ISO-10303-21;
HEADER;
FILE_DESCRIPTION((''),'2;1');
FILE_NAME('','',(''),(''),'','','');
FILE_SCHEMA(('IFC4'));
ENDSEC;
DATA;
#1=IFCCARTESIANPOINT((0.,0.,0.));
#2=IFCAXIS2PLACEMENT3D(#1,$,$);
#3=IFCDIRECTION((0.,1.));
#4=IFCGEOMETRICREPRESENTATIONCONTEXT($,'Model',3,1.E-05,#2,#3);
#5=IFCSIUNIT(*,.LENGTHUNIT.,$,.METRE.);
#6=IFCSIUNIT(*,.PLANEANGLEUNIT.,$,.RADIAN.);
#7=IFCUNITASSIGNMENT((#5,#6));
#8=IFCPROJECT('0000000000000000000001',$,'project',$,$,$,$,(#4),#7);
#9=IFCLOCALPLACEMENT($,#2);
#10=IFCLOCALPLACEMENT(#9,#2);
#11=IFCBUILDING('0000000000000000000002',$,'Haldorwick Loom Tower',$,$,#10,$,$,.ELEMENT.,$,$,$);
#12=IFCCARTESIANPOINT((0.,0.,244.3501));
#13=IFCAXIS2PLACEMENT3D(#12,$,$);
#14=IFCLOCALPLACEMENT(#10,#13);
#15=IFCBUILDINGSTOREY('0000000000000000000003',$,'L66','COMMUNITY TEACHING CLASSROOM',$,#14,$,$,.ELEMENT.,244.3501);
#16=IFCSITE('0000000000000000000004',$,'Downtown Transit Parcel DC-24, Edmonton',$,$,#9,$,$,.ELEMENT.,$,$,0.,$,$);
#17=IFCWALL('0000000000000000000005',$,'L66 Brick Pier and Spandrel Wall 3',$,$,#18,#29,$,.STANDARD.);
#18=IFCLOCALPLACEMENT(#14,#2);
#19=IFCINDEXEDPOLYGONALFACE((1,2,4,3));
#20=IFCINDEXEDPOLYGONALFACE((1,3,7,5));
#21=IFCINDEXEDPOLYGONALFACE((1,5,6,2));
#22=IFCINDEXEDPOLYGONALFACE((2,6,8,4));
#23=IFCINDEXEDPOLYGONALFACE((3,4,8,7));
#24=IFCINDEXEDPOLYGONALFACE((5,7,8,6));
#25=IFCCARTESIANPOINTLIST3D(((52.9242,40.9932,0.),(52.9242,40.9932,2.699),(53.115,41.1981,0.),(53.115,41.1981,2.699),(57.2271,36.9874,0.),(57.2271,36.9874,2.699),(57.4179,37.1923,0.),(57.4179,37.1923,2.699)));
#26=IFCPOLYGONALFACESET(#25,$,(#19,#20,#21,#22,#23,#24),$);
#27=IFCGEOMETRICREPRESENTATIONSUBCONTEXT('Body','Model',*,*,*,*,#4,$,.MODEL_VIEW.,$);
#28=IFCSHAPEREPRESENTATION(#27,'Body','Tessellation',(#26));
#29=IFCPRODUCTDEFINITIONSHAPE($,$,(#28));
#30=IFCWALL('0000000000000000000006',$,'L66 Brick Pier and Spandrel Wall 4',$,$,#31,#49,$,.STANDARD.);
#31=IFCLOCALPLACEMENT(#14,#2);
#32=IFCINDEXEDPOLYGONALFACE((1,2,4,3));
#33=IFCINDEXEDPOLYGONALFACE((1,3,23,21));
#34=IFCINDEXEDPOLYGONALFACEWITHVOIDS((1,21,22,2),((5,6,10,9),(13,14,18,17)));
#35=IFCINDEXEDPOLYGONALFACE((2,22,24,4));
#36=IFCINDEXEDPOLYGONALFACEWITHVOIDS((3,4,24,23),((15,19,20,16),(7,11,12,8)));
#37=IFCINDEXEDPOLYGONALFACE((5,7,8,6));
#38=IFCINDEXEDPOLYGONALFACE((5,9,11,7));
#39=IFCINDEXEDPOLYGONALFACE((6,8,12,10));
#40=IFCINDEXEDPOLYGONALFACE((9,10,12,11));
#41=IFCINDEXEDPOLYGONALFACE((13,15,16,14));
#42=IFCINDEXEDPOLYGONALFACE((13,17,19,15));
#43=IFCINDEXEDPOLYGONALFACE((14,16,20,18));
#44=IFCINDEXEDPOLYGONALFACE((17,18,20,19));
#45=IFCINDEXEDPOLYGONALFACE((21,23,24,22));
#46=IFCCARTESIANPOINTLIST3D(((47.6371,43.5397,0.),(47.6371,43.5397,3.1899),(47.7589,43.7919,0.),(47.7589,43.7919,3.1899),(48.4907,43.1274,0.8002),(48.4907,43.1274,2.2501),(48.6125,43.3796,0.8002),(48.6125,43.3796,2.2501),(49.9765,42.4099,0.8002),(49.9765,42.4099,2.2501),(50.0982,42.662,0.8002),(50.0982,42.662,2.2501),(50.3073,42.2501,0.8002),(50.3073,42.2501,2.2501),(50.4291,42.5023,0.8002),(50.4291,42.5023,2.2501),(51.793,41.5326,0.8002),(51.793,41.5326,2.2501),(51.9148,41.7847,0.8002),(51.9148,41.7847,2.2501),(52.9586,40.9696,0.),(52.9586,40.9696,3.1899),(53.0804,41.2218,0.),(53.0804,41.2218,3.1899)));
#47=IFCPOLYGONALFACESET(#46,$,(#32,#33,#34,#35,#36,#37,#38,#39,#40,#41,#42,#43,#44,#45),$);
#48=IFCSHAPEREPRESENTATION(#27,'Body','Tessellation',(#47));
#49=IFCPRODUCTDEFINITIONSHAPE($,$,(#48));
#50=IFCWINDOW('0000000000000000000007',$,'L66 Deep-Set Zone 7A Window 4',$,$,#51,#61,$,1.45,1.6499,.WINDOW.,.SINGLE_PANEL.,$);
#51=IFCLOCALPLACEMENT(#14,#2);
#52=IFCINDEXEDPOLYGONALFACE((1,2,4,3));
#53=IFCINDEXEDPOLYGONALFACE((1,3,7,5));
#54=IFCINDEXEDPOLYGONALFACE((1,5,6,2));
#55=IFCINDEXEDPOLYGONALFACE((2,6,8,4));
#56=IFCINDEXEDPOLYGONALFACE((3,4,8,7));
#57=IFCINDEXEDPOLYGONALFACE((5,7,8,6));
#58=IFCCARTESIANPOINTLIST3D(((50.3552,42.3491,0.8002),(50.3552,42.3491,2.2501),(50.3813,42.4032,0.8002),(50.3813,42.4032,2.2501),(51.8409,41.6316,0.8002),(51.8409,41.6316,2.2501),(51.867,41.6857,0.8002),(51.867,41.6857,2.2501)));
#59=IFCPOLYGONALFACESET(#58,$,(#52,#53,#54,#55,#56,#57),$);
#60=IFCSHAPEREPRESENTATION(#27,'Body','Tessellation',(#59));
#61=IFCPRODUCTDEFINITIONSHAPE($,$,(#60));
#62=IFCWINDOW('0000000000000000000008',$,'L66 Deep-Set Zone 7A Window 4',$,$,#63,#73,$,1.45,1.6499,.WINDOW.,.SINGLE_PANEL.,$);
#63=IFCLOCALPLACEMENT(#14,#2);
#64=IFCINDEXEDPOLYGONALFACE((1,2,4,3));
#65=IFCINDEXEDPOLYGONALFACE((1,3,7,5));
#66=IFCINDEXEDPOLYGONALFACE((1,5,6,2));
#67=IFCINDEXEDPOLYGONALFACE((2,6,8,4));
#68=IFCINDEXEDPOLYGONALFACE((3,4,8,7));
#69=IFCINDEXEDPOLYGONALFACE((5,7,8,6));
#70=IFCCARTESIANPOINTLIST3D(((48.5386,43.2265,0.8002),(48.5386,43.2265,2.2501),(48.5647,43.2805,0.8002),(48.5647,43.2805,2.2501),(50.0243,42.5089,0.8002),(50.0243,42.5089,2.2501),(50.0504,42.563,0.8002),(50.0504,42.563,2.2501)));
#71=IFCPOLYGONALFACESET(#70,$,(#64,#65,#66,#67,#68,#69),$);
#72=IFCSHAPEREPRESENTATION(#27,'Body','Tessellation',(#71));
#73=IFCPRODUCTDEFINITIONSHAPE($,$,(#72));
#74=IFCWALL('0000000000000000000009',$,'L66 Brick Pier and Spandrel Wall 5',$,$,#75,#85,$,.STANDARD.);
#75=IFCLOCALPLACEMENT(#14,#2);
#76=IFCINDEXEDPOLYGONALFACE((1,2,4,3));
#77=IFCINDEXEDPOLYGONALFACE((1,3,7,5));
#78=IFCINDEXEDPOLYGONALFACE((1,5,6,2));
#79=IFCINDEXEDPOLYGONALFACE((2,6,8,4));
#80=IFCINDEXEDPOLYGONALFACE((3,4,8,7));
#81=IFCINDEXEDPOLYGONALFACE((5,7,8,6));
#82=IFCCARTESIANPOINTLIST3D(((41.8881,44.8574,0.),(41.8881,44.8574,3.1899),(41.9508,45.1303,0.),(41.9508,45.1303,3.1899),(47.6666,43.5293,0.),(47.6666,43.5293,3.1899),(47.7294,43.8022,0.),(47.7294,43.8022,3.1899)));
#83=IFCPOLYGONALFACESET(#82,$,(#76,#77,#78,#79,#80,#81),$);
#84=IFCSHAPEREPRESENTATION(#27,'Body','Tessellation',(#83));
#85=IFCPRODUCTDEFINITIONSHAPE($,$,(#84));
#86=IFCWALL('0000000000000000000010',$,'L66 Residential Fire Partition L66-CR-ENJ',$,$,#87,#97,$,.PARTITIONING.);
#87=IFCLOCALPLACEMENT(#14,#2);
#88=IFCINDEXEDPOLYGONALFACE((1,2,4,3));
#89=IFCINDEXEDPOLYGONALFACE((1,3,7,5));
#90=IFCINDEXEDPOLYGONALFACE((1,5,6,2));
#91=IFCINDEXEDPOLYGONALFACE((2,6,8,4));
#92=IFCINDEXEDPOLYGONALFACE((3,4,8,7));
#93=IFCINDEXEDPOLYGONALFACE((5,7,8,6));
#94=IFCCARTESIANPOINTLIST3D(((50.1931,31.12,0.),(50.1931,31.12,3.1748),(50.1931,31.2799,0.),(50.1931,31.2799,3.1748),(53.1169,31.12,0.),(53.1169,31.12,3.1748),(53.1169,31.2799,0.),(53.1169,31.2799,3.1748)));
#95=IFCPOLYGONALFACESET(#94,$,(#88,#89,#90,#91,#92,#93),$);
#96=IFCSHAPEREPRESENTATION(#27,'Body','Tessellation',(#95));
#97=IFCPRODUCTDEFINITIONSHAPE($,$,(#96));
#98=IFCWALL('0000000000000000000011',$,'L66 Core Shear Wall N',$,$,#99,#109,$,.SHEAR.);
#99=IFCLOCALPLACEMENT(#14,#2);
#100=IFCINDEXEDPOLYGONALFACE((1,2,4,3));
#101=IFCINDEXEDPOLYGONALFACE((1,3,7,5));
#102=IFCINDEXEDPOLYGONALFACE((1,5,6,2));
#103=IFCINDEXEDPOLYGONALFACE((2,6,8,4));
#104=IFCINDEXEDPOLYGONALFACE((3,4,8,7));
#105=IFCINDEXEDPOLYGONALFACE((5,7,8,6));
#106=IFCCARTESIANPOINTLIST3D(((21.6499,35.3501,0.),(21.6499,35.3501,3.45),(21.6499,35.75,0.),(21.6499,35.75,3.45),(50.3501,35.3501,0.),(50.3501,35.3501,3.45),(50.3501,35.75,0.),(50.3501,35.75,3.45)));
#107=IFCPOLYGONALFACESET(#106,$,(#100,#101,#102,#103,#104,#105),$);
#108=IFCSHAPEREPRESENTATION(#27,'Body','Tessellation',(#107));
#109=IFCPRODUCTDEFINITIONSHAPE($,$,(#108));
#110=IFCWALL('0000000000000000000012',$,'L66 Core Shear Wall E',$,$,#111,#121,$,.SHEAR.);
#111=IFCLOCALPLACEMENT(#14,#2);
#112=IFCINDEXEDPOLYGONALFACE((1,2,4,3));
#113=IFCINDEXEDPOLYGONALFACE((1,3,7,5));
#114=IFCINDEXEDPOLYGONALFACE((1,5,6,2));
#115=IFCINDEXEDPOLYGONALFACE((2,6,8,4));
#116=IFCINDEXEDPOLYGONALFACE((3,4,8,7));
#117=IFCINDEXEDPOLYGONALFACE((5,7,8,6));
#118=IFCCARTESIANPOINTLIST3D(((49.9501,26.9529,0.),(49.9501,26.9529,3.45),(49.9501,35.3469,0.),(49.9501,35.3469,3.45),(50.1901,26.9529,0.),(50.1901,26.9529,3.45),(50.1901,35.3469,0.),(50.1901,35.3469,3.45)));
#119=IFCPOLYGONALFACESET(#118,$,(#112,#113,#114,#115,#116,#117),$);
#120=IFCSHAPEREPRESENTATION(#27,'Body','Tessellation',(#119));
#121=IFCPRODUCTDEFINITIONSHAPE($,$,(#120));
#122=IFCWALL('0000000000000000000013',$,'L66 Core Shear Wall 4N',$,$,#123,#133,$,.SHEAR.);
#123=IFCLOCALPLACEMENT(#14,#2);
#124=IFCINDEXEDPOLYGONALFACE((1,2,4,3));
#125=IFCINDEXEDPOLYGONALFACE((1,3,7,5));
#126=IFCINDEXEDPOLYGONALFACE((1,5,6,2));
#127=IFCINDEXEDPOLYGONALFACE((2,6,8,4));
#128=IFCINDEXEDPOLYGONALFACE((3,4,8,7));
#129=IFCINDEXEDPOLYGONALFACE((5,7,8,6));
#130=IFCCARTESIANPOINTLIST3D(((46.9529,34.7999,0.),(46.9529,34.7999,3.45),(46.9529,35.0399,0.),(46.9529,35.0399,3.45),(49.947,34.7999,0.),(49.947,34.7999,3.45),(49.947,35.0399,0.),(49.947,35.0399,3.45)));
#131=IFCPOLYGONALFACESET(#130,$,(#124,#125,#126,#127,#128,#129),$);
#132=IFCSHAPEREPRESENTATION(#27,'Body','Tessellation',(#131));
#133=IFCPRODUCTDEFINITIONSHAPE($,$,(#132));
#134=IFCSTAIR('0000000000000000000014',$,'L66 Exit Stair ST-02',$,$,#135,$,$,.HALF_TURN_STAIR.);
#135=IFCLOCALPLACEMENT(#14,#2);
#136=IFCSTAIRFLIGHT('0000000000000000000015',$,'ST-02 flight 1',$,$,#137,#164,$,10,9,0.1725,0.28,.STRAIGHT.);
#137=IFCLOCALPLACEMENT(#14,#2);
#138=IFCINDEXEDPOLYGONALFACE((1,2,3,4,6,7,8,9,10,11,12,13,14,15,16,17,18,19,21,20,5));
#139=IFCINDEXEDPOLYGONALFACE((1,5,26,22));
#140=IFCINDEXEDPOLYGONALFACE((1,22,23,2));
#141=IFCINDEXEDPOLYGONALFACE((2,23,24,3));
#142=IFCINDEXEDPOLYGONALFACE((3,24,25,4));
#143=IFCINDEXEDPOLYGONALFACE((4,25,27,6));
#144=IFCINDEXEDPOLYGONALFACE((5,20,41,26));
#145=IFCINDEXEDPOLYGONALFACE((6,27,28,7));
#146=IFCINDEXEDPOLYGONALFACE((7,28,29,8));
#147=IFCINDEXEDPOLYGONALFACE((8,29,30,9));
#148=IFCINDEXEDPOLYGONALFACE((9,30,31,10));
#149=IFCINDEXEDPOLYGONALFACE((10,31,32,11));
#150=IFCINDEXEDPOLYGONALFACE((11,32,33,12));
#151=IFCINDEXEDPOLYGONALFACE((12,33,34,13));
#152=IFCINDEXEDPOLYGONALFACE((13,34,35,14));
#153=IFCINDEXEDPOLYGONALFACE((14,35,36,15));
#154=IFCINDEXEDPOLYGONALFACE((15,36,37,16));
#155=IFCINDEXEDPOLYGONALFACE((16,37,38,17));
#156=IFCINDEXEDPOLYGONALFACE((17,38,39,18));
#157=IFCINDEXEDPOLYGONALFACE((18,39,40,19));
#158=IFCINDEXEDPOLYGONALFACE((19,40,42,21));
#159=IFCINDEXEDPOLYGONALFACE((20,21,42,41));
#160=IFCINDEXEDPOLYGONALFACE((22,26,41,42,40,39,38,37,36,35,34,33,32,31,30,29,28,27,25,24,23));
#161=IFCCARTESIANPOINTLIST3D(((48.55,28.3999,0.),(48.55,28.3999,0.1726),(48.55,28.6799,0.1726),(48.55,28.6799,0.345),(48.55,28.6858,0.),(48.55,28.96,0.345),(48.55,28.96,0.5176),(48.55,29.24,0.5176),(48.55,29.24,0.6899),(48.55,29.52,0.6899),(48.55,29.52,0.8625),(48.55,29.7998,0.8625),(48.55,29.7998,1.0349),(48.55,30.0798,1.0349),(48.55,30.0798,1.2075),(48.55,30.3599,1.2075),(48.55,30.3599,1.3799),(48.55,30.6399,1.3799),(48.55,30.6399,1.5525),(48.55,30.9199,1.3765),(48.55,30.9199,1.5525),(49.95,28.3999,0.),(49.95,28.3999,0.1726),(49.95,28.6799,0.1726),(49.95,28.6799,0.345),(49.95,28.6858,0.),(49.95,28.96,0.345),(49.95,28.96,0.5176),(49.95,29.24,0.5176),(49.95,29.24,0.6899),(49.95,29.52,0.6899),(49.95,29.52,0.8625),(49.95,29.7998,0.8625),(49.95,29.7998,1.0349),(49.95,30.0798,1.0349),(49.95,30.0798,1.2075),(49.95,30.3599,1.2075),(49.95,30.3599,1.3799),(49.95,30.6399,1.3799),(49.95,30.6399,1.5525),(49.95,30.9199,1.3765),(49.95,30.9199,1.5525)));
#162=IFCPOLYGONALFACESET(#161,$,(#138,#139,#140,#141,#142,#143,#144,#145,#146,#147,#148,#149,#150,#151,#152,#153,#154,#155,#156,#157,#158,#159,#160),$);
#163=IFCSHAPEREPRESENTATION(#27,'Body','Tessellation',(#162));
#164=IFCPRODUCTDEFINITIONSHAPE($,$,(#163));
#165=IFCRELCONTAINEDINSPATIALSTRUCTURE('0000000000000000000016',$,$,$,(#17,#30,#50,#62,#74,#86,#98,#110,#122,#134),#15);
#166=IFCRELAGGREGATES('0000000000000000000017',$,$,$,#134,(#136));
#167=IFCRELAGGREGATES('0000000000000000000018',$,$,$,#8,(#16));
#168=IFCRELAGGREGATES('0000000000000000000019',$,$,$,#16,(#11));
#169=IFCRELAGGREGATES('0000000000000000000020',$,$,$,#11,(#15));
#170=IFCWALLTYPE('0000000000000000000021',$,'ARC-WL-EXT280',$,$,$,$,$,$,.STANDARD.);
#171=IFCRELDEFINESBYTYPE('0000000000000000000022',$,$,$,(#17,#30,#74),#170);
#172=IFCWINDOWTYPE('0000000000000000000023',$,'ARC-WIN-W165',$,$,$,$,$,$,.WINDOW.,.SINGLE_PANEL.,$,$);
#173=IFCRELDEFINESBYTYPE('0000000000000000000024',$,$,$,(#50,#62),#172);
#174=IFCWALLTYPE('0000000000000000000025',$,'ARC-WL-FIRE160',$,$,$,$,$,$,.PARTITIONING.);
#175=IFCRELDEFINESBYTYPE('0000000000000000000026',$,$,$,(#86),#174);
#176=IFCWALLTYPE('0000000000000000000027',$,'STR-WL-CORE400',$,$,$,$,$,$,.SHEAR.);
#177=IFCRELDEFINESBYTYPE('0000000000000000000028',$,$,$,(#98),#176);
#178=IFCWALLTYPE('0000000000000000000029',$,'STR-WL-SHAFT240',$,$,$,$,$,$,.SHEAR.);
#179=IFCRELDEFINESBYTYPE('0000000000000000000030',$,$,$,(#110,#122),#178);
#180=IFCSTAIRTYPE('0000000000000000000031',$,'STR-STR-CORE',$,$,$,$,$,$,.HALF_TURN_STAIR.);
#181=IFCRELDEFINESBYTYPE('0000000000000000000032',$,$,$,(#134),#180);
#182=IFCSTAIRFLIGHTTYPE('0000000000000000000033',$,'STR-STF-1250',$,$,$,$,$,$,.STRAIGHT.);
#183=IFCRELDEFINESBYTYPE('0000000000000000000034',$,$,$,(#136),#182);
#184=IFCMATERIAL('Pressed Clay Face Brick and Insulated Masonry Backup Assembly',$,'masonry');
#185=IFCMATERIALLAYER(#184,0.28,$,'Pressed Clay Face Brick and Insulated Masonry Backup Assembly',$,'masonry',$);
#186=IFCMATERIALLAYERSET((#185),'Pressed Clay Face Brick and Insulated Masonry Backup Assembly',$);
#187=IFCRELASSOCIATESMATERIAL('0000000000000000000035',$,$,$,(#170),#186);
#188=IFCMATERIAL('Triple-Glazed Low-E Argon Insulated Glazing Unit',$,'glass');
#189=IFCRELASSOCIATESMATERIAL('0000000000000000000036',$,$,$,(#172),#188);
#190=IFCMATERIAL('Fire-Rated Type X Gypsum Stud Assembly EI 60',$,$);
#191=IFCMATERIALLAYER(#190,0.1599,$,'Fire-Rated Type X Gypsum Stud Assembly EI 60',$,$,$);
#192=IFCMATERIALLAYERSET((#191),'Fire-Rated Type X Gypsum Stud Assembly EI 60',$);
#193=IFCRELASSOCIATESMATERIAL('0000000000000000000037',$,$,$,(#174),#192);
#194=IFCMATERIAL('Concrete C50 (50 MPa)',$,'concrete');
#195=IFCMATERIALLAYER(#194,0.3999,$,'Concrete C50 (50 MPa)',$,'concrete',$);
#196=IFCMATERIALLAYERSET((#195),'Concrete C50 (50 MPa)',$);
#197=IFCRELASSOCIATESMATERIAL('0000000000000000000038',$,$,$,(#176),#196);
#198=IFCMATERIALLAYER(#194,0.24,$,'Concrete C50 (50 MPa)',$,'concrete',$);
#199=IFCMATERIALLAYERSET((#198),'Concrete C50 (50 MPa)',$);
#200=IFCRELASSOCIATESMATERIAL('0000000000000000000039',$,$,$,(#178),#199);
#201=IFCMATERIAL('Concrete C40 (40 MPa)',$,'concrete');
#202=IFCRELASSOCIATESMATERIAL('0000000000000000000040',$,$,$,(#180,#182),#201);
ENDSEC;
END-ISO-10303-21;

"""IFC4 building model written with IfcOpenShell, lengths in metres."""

from ifc_helpers import new_model, si_unit, direction, frame, frame_2d, origin, place, context, subcontext, project, spatial, polyline, rectangle, outline, extrude, material, layer, layer_set, type_object, element, fill, aggregate, save


model = new_model("IFC4")

# Units and contexts
model_context = context("Model", 3, precision=1e-05, world=origin(), true_north=direction((0.0, 1.0)))
body_context = subcontext(model_context, "Body", "Model", "MODEL_VIEW")
ifc_project = project(units=[si_unit("LENGTHUNIT", "METRE"), si_unit("PLANEANGLEUNIT", "RADIAN")], contexts=[model_context])

# Site, building, storey
site_placement = place(None, origin())
site = spatial("IfcSite", under=ifc_project, at=site_placement, Name="Downtown Transit Parcel DC-24, Edmonton", CompositionType="ELEMENT", RefElevation=0.0)
building_placement = place(site_placement, origin())
building = spatial("IfcBuilding", under=site, at=building_placement, Name="Haldorwick Loom Tower", CompositionType="ELEMENT")
storey_placement = place(building_placement, frame((0.0, 0.0, 244.3501)))
storey = spatial("IfcBuildingStorey", under=building, at=storey_placement, Name="L66", Description="COMMUNITY TEACHING CLASSROOM", CompositionType="ELEMENT", Elevation=244.3501)

# Wall
ifc_material_1 = material(Name="Pressed Clay Face Brick and Insulated Masonry Backup Assembly", Category="masonry")
ifc_layer_1 = layer(ifc_material_1, 0.28, Name="Pressed Clay Face Brick and Insulated Masonry Backup Assembly", Category="masonry")
ifc_layer_set_1 = layer_set([ifc_layer_1], Name="Pressed Clay Face Brick and Insulated Masonry Backup Assembly")
wall_type_1 = type_object("IfcWallType", Name="ARC-WL-EXT280", PredefinedType="STANDARD", material=ifc_layer_set_1)
wall_1_placement = place(storey_placement, frame((57.3225, 37.0898, 0.0), z_axis=(0.0, 0.0, 1.0), x_axis=(-0.731925, 0.681386, 0.0)))
element("IfcWall", 1, at=wall_1_placement, inside=storey, type_object=wall_type_1, Name="L66 Brick Pier and Spandrel Wall 3", PredefinedType="STANDARD", context=body_context, shape_type="SweptSolid", body=[
    extrude(rectangle(XDim=5.8789, YDim=0.28, at=frame_2d((2.9395, 0.0))), origin(), (0.0, 0.0, 1.0), 2.699),
])

# Wall, openings, windows
wall_2_placement = place(storey_placement, frame((53.0195, 41.0957, 0.0), z_axis=(0.0, 0.0, 1.0), x_axis=(-0.900482, 0.434893, 0.0)))
wall_2 = element("IfcWall", 2, at=wall_2_placement, inside=storey, type_object=wall_type_1, Name="L66 Brick Pier and Spandrel Wall 4", PredefinedType="STANDARD", context=body_context, shape_type="SweptSolid", body=[
    extrude(rectangle(XDim=5.9097, YDim=0.28, at=frame_2d((2.9548, 0.0))), origin(), (0.0, 0.0, 1.0), 3.1899),
])
opening_1_placement = place(wall_2_placement, frame((1.2944, 0.0, 0.8)))
opening_1 = element("IfcOpeningElement", 3, at=opening_1_placement, cuts=wall_2, PredefinedType="OPENING", context=body_context, shape_type="SweptSolid", body=[
    extrude(rectangle(XDim=1.6499, YDim=1.45, at=frame_2d((0.825, 0.7251))), frame((0.0, 0.1499, 0.0), z_axis=(0.0, -1.0, 0.0), x_axis=(1.0, 0.0, 0.0)), (0.0, 0.0, 1.0), 0.3),
])
opening_2_placement = place(wall_2_placement, frame((3.3118, 0.0, 0.8)))
opening_2 = element("IfcOpeningElement", 4, at=opening_2_placement, cuts=wall_2, PredefinedType="OPENING", context=body_context, shape_type="SweptSolid", body=[
    extrude(rectangle(XDim=1.6499, YDim=1.45, at=frame_2d((0.825, 0.7251))), frame((0.0, 0.1499, 0.0), z_axis=(0.0, -1.0, 0.0), x_axis=(1.0, 0.0, 0.0)), (0.0, 0.0, 1.0), 0.3),
])
ifc_material_2 = material(Name="Triple-Glazed Low-E Argon Insulated Glazing Unit", Category="glass")
window_type = type_object("IfcWindowType", Name="ARC-WIN-W165", PartitioningType="SINGLE_PANEL", PredefinedType="WINDOW", material=ifc_material_2)
window_1_placement = place(opening_1_placement, origin())
window_1 = element("IfcWindow", 5, at=window_1_placement, inside=storey, type_object=window_type, Name="L66 Deep-Set Zone 7A Window 4", OverallHeight=1.45, OverallWidth=1.6499, PartitioningType="SINGLE_PANEL", PredefinedType="WINDOW", context=body_context, shape_type="SweptSolid", body=[
    extrude(rectangle(XDim=1.6499, YDim=1.45, at=frame_2d((0.825, 0.7251))), frame((0.0, 0.03, 0.0), z_axis=(0.0, -1.0, 0.0), x_axis=(1.0, 0.0, 0.0)), (0.0, 0.0, 1.0), 0.0601),
])
fill(opening_1, window_1)
window_2_placement = place(opening_2_placement, origin())
window_2 = element("IfcWindow", 6, at=window_2_placement, inside=storey, type_object=window_type, Name="L66 Deep-Set Zone 7A Window 4", OverallHeight=1.45, OverallWidth=1.6499, PartitioningType="SINGLE_PANEL", PredefinedType="WINDOW", context=body_context, shape_type="SweptSolid", body=[
    extrude(rectangle(XDim=1.6499, YDim=1.45, at=frame_2d((0.825, 0.7251))), frame((0.0, 0.03, 0.0), z_axis=(0.0, -1.0, 0.0), x_axis=(1.0, 0.0, 0.0)), (0.0, 0.0, 1.0), 0.0601),
])
fill(opening_2, window_2)

# Walls
wall_3_placement = place(storey_placement, frame((47.698, 43.6658, 0.0), z_axis=(0.0, 0.0, 1.0), x_axis=(-0.97459, 0.223996, 0.0)))
element("IfcWall", 7, at=wall_3_placement, inside=storey, type_object=wall_type_1, Name="L66 Brick Pier and Spandrel Wall 5", PredefinedType="STANDARD", context=body_context, shape_type="SweptSolid", body=[
    extrude(rectangle(XDim=5.9292, YDim=0.28, at=frame_2d((2.9646, 0.0))), origin(), (0.0, 0.0, 1.0), 3.1899),
])
ifc_material_3 = material(Name="Fire-Rated Type X Gypsum Stud Assembly EI 60")
ifc_layer_2 = layer(ifc_material_3, 0.1599, Name="Fire-Rated Type X Gypsum Stud Assembly EI 60")
ifc_layer_set_2 = layer_set([ifc_layer_2], Name="Fire-Rated Type X Gypsum Stud Assembly EI 60")
wall_type_2 = type_object("IfcWallType", Name="ARC-WL-FIRE160", PredefinedType="PARTITIONING", material=ifc_layer_set_2)
wall_4_placement = place(storey_placement, frame((50.1931, 31.2, 0.0), z_axis=(0.0, 0.0, 1.0), x_axis=(1.0, 0.0, 0.0)))
element("IfcWall", 8, at=wall_4_placement, inside=storey, type_object=wall_type_2, Name="L66 Residential Fire Partition L66-CR-ENJ", PredefinedType="PARTITIONING", context=body_context, shape_type="SweptSolid", body=[
    extrude(rectangle(XDim=2.9238, YDim=0.1599, at=frame_2d((1.4619, 0.0))), origin(), (0.0, 0.0, 1.0), 3.1748),
])
ifc_material_4 = material(Name="Concrete C50 (50 MPa)", Category="concrete")
ifc_layer_3 = layer(ifc_material_4, 0.3999, Name="Concrete C50 (50 MPa)", Category="concrete")
ifc_layer_set_3 = layer_set([ifc_layer_3], Name="Concrete C50 (50 MPa)")
wall_type_3 = type_object("IfcWallType", Name="STR-WL-CORE400", PredefinedType="SHEAR", material=ifc_layer_set_3)
wall_5_placement = place(storey_placement, frame((50.3501, 35.55, 0.0), z_axis=(0.0, 0.0, 1.0), x_axis=(-1.0, 0.0, 0.0)))
element("IfcWall", 9, at=wall_5_placement, inside=storey, type_object=wall_type_3, Name="L66 Core Shear Wall N", PredefinedType="SHEAR", context=body_context, shape_type="SweptSolid", body=[
    extrude(rectangle(XDim=28.7002, YDim=0.3999, at=frame_2d((14.3501, 0.0))), origin(), (0.0, 0.0, 1.0), 3.45),
])
ifc_layer_4 = layer(ifc_material_4, 0.24, Name="Concrete C50 (50 MPa)", Category="concrete")
ifc_layer_set_4 = layer_set([ifc_layer_4], Name="Concrete C50 (50 MPa)")
wall_type_4 = type_object("IfcWallType", Name="STR-WL-SHAFT240", PredefinedType="SHEAR", material=ifc_layer_set_4)
wall_6_placement = place(storey_placement, frame((50.0701, 26.9529, 0.0), z_axis=(0.0, 0.0, 1.0), x_axis=(0.0, 1.0, 0.0)))
element("IfcWall", 10, at=wall_6_placement, inside=storey, type_object=wall_type_4, Name="L66 Core Shear Wall E", PredefinedType="SHEAR", context=body_context, shape_type="SweptSolid", body=[
    extrude(rectangle(XDim=8.394, YDim=0.24, at=frame_2d((4.197, 0.0))), origin(), (0.0, 0.0, 1.0), 3.45),
])
wall_7_placement = place(storey_placement, frame((46.9529, 34.9199, 0.0), z_axis=(0.0, 0.0, 1.0), x_axis=(1.0, 0.0, 0.0)))
element("IfcWall", 11, at=wall_7_placement, inside=storey, type_object=wall_type_4, Name="L66 Core Shear Wall 4N", PredefinedType="SHEAR", context=body_context, shape_type="SweptSolid", body=[
    extrude(rectangle(XDim=2.9941, YDim=0.24, at=frame_2d((1.4971, 0.0))), origin(), (0.0, 0.0, 1.0), 3.45),
])

# Stair, stair flight
ifc_material_5 = material(Name="Concrete C40 (40 MPa)", Category="concrete")
stair_type = type_object("IfcStairType", Name="STR-STR-CORE", PredefinedType="HALF_TURN_STAIR", material=ifc_material_5)
stair_placement = place(storey_placement, origin())
stair = element("IfcStair", 12, at=stair_placement, inside=storey, type_object=stair_type, Name="L66 Exit Stair ST-02", PredefinedType="HALF_TURN_STAIR")
stair_flight_type = type_object("IfcStairFlightType", Name="STR-STF-1250", PredefinedType="STRAIGHT", material=ifc_material_5)
stair_flight_1_placement = place(storey_placement, frame((49.25, 28.3999, 0.0), z_axis=(0.0, 0.0, 1.0), x_axis=(0.0, 1.0, 0.0)))
stair_flight_1 = element("IfcStairFlight", 13, at=stair_flight_1_placement, type_object=stair_flight_type, Name="ST-02 flight 1", NumberOfRisers=10, NumberOfTreads=9, PredefinedType="STRAIGHT", RiserHeight=0.1725, TreadLength=0.28, context=body_context, shape_type="SweptSolid", body=[
    extrude(outline(polyline([(0.0, 0.0), (0.0, 0.1726), (0.28, 0.1726), (0.28, 0.345), (0.5601, 0.345), (0.5601, 0.5176), (0.8401, 0.5176), (0.8401, 0.6899), (1.1201, 0.6899), (1.1201, 0.8625), (1.3999, 0.8625), (1.3999, 1.0349), (1.6799, 1.0349), (1.6799, 1.2075), (1.96, 1.2075), (1.96, 1.3799), (2.24, 1.3799), (2.24, 1.5525), (2.52, 1.5525), (2.52, 1.7251), (2.52, 1.3765), (0.2859, 0.0), (0.0, 0.0)])), frame((0.0, 0.7, 0.0), z_axis=(0.0, -1.0, 0.0), x_axis=(1.0, 0.0, 0.0)), (0.0, 0.0, 1.0), 1.3999),
])
aggregate(stair, [stair_flight_1])

save(model, "model.ifc")
